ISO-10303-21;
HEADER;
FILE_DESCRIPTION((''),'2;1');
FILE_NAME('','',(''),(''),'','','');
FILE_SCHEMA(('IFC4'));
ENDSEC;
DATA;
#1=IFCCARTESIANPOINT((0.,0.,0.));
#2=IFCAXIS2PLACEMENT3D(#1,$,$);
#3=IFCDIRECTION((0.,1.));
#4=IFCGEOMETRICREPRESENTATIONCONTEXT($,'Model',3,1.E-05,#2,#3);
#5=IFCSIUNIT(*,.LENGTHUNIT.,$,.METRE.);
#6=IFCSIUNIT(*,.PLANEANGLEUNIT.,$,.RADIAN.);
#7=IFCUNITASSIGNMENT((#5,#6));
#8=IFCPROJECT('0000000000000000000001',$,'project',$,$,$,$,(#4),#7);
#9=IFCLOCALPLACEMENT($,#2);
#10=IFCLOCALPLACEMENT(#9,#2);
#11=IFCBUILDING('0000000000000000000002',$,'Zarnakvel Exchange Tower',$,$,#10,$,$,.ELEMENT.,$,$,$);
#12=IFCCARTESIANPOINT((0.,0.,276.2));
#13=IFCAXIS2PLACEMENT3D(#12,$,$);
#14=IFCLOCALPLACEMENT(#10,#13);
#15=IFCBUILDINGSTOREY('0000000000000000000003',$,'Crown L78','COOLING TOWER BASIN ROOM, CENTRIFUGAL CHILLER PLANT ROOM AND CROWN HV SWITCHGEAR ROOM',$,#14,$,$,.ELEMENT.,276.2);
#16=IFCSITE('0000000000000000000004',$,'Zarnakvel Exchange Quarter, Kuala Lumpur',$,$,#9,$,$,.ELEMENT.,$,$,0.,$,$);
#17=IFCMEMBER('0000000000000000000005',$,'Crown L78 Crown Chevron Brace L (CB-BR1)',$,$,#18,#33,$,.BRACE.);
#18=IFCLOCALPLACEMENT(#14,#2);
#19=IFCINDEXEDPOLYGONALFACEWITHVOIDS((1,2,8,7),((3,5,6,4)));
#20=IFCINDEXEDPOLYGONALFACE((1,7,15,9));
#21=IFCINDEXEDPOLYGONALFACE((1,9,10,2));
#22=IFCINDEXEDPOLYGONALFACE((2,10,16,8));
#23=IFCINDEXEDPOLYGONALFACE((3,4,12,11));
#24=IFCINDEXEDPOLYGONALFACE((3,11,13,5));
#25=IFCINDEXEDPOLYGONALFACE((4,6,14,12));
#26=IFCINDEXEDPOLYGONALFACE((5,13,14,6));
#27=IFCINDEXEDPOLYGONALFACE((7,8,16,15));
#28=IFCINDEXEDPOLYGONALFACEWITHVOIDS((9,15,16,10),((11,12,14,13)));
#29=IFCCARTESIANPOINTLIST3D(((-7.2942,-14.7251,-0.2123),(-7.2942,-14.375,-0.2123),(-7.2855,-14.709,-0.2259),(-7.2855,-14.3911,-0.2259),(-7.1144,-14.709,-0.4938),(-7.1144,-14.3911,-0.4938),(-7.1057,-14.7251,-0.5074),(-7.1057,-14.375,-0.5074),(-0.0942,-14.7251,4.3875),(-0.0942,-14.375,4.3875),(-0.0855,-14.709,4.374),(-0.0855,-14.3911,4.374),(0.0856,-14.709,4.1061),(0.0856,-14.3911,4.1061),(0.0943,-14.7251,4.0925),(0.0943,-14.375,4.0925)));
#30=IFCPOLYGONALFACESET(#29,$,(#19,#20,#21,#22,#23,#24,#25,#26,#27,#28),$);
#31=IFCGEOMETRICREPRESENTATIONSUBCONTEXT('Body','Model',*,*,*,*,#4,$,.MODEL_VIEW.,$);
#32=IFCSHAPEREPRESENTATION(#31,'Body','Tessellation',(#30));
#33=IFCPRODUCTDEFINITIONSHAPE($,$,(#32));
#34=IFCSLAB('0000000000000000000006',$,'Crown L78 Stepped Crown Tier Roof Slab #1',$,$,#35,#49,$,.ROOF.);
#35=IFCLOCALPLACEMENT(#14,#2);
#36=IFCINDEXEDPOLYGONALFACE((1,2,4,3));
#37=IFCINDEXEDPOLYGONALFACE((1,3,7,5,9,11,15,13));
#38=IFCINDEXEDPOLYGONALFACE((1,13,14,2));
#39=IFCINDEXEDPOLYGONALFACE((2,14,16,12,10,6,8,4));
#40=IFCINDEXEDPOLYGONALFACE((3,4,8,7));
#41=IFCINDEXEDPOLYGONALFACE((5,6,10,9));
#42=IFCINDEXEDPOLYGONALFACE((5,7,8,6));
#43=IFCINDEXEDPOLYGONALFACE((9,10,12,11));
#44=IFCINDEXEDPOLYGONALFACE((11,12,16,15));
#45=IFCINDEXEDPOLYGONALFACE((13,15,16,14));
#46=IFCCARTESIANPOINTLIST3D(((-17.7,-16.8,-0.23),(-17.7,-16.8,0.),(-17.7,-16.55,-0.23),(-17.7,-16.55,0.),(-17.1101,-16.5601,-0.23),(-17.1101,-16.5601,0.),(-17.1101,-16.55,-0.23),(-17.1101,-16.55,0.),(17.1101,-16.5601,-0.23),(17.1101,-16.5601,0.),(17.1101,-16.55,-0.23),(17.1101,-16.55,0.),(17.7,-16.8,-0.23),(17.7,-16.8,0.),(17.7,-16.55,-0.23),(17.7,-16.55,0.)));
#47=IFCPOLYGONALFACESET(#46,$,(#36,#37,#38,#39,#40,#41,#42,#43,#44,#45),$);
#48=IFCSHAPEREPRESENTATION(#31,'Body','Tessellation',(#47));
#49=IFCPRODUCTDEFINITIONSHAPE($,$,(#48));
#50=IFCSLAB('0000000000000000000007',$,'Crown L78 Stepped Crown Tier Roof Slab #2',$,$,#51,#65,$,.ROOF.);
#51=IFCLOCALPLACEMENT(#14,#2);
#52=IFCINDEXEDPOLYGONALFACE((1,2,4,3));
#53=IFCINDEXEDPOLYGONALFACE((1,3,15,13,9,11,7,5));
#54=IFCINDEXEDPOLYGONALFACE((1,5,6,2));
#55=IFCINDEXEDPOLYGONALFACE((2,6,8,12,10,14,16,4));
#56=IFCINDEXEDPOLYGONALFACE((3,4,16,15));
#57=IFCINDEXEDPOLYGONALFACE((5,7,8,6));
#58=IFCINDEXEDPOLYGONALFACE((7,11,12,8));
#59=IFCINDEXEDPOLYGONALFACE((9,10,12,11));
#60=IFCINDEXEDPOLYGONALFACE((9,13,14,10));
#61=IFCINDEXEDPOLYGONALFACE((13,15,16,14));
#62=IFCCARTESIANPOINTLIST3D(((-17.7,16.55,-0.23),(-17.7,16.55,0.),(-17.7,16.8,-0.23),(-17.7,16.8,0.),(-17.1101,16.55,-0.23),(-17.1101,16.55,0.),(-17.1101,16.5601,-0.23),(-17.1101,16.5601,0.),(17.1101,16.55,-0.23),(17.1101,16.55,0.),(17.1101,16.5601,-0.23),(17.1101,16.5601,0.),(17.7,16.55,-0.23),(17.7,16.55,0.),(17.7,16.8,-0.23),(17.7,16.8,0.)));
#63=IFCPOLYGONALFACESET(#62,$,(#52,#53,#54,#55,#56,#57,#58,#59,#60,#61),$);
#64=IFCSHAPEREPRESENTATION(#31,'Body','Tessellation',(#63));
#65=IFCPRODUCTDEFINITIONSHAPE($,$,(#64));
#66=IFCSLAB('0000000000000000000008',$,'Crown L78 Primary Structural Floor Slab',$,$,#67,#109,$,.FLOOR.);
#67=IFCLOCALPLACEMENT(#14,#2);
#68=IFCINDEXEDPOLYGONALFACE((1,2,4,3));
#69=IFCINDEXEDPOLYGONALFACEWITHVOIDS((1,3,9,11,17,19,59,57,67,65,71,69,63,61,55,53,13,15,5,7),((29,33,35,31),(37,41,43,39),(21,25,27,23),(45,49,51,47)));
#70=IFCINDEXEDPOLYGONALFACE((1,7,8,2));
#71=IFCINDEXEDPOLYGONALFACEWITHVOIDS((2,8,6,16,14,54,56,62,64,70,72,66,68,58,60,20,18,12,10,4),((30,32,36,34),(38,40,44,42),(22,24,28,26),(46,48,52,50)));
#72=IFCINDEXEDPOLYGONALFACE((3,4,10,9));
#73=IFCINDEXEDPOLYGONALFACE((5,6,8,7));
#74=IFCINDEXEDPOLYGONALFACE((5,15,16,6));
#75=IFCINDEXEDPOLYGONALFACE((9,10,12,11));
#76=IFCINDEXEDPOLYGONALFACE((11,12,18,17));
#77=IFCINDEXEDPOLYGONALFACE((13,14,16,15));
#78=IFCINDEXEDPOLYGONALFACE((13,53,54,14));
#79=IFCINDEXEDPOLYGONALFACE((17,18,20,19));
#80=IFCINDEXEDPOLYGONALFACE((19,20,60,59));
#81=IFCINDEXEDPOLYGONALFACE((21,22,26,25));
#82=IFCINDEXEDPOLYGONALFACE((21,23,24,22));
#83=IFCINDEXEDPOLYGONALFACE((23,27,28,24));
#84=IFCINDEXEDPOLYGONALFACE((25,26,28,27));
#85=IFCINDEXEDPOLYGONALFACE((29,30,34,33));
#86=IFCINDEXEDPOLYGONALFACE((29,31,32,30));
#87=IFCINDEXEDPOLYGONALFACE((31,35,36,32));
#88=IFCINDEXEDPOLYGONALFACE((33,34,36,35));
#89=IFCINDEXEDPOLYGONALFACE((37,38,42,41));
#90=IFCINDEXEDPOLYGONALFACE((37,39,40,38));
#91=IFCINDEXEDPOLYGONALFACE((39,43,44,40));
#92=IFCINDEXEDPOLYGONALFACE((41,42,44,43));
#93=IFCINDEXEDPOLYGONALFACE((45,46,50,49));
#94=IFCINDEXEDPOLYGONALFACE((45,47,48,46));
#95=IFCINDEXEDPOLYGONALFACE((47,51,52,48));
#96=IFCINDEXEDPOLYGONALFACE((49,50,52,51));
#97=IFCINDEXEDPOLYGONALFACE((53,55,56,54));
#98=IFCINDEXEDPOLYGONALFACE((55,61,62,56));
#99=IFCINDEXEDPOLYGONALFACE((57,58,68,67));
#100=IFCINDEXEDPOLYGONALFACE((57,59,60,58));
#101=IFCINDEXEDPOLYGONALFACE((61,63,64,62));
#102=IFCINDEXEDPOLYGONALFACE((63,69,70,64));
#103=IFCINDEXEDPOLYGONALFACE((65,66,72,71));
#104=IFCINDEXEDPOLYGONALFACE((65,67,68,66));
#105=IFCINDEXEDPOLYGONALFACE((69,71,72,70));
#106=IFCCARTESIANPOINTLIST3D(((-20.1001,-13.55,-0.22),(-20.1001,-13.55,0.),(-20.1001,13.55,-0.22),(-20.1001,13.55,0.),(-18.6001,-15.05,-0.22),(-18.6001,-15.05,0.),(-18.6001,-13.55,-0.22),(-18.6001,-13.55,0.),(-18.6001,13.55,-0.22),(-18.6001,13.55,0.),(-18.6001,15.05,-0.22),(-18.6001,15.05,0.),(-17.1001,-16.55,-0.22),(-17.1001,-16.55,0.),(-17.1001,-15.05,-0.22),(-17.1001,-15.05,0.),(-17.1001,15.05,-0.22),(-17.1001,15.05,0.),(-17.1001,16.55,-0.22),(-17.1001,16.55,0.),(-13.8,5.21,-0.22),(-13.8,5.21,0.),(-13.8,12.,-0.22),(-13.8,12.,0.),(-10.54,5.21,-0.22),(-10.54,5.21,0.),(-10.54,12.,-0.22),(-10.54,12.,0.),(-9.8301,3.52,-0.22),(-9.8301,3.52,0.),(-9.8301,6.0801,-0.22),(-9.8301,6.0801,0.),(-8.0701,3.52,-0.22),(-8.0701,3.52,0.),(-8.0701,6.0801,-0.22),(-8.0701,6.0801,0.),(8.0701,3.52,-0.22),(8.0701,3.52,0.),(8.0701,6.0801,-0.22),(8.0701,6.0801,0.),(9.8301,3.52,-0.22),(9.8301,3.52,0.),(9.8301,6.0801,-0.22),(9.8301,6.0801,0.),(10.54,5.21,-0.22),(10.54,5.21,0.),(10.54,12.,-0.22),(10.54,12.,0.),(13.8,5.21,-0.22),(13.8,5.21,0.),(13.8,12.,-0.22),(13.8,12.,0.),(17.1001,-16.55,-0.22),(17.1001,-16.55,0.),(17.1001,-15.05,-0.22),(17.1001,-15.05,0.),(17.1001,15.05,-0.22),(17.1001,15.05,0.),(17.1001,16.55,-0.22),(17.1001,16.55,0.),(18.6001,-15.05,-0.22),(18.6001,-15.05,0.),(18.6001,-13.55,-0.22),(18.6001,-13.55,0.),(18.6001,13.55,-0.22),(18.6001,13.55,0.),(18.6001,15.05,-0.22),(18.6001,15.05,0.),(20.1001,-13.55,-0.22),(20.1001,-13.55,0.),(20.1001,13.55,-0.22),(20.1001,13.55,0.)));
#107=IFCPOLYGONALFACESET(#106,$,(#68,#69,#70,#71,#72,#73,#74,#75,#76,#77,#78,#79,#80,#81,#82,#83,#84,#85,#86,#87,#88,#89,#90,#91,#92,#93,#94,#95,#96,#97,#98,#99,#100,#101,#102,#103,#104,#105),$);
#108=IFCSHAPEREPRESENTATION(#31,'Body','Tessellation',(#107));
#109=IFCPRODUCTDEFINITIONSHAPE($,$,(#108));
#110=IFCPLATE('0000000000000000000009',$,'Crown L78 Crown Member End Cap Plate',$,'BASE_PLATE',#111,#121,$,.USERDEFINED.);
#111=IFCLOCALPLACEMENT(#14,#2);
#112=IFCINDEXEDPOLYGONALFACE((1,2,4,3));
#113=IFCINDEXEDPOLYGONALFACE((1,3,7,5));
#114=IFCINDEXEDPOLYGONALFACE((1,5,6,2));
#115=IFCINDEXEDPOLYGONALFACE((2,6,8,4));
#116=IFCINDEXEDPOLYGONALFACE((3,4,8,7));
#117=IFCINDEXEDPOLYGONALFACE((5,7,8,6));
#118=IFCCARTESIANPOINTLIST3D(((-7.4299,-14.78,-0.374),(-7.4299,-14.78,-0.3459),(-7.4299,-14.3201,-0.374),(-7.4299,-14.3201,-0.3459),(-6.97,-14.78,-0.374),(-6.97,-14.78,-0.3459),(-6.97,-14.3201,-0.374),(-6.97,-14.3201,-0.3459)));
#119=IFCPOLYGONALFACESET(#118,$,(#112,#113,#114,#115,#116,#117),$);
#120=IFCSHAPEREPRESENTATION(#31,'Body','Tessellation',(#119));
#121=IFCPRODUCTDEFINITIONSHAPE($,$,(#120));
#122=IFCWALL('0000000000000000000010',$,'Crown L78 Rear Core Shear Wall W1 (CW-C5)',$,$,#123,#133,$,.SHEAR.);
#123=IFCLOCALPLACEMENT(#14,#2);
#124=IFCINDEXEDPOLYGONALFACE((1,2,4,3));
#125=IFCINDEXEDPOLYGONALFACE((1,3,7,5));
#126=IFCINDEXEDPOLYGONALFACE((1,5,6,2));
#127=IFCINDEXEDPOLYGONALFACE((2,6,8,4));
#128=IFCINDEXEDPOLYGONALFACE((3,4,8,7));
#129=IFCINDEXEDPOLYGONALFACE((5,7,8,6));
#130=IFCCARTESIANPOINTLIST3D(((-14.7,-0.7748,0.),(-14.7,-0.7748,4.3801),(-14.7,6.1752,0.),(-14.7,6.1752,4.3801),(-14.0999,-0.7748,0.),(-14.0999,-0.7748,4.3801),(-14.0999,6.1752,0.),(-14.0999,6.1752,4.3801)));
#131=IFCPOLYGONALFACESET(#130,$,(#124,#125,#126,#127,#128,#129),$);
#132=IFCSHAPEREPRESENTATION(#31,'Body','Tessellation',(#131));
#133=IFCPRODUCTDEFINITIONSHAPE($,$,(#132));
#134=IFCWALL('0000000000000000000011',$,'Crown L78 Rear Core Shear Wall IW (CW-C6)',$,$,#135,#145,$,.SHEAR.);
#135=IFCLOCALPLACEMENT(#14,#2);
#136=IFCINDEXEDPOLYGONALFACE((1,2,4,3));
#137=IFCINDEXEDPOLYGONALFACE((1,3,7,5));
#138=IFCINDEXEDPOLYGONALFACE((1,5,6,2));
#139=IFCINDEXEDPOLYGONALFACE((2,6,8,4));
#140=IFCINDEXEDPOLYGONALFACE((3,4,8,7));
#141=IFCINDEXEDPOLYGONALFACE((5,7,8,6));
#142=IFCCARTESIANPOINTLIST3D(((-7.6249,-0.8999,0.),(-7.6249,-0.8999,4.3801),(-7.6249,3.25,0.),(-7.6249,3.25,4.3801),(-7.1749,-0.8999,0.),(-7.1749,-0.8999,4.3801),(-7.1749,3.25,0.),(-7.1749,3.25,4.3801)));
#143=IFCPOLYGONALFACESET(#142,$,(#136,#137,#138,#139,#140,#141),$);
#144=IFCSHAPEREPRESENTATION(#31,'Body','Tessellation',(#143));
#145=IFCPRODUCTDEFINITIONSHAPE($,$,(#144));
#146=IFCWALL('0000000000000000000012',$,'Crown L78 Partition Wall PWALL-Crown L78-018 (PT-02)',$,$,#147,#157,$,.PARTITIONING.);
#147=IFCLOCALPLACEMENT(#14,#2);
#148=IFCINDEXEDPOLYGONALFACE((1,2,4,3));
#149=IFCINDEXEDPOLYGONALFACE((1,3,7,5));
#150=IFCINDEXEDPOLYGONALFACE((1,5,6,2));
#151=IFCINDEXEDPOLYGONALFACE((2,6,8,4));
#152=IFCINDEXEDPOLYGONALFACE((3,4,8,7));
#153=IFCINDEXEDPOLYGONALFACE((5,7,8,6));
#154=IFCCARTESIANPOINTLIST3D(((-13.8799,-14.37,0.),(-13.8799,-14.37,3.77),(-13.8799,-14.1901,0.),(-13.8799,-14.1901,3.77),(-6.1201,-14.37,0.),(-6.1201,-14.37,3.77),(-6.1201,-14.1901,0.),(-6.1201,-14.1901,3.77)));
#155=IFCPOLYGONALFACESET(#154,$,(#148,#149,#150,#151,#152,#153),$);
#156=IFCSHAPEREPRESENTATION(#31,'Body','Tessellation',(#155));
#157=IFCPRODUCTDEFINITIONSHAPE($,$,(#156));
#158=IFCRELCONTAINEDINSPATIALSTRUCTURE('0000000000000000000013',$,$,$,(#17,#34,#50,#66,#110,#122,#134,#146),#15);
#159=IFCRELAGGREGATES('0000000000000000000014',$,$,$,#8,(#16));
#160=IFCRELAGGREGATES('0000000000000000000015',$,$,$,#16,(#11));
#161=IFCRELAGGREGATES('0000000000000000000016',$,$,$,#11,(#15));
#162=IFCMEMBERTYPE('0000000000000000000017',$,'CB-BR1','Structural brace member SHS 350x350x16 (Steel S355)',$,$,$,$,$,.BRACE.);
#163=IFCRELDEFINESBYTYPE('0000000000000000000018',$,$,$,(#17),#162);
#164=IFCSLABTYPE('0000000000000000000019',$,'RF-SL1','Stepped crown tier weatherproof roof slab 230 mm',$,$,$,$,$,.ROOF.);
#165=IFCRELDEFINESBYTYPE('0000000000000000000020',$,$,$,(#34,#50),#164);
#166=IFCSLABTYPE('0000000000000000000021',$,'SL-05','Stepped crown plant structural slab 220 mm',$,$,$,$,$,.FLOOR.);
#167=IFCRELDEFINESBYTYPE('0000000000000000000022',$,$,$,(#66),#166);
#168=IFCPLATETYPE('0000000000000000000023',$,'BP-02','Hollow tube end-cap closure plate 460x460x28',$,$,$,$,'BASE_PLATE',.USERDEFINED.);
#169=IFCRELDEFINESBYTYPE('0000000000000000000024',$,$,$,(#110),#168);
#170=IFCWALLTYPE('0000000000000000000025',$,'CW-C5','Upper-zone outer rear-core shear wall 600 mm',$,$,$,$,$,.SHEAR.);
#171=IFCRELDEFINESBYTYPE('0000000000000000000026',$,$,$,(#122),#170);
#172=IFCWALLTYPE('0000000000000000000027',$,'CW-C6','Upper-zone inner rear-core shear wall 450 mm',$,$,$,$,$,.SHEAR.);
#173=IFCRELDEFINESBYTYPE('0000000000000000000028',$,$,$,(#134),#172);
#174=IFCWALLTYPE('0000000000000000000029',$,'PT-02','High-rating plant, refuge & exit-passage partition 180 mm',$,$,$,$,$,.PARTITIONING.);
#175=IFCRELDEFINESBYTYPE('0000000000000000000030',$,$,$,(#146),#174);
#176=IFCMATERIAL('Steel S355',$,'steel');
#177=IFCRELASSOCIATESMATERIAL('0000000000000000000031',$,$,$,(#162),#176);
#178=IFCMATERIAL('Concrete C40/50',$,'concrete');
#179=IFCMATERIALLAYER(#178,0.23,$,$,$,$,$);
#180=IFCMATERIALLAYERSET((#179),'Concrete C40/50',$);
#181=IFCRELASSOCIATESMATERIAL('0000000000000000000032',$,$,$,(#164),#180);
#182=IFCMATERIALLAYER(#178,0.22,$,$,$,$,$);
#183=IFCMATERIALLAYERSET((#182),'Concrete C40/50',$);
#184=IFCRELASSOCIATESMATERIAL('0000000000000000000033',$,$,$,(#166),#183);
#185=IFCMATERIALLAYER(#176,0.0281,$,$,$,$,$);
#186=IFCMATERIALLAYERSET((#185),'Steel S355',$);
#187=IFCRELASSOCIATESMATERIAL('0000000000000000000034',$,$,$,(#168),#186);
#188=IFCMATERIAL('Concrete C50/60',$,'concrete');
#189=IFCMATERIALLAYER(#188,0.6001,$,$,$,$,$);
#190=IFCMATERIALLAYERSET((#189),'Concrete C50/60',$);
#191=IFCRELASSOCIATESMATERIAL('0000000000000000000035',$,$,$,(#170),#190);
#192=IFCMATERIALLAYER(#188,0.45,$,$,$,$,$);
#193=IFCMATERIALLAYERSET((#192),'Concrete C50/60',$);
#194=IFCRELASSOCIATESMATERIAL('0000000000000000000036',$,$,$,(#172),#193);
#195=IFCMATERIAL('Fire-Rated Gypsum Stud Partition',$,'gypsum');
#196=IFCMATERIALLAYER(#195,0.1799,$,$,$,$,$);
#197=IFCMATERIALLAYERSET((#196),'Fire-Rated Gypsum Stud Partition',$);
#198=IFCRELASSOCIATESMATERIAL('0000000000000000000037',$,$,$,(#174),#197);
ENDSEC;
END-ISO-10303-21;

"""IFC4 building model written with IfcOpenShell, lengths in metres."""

from ifc_helpers import new_model, si_unit, direction, frame, frame_2d, origin, origin_2d, place, context, subcontext, project, spatial, polyline, rectangle, hollow_rectangle, outline, extrude, source, transform, mapped, material, layer, layer_set, material_profile, profile_set, type_object, element, save


model = new_model("IFC4")

# Units and contexts
model_context = context("Model", 3, precision=1e-05, world=origin(), true_north=direction((0.0, 1.0)))
body_context = subcontext(model_context, "Body", "Model", "MODEL_VIEW")
ifc_project = project(units=[si_unit("LENGTHUNIT", "METRE"), si_unit("PLANEANGLEUNIT", "RADIAN")], contexts=[model_context])

# Site, building, storey
site_placement = place(None, origin())
site = spatial("IfcSite", under=ifc_project, at=site_placement, Name="Zarnakvel Exchange Quarter, Kuala Lumpur", CompositionType="ELEMENT", RefElevation=0.0)
building_placement = place(site_placement, origin())
building = spatial("IfcBuilding", under=site, at=building_placement, Name="Zarnakvel Exchange Tower", CompositionType="ELEMENT")
storey_placement = place(building_placement, frame((0.0, 0.0, 276.2)))
storey = spatial("IfcBuildingStorey", under=building, at=storey_placement, Name="Crown L78", Description="COOLING TOWER BASIN ROOM, CENTRIFUGAL CHILLER PLANT ROOM AND CROWN HV SWITCHGEAR ROOM", CompositionType="ELEMENT", Elevation=276.2)

# Shared definitions
ifc_material_1 = material(Name="Concrete C50/60", Category="concrete")

# Shared definitions
ifc_material_2 = material(Name="Steel S355", Category="steel")

# Member
ifc_material_profile_1 = material_profile(ifc_material_2, hollow_rectangle(XDim=0.3501, YDim=0.3501, WallThickness=0.0161, at=origin_2d()))
ifc_profile_set_1 = profile_set([ifc_material_profile_1], Name="Steel S355")
member_type = type_object("IfcMemberType", Name="CB-BR1", Description="Structural brace member SHS 350x350x16 (Steel S355)", PredefinedType="BRACE", material=ifc_profile_set_1)
shared_shape_1 = source(origin(), body_context, "Body", "SweptSolid", [
    extrude(hollow_rectangle(XDim=0.3501, YDim=0.3501, WallThickness=0.0161, at=origin_2d()), origin(), (0.0, 0.0, 1.0), 8.5439),
])
member_placement = place(storey_placement, frame((-7.2, -14.55, -0.3599), z_axis=(0.842702, 0.0, 0.53838), x_axis=(0.0, 1.0, 0.0)))
element("IfcMember", 1, at=member_placement, inside=storey, type_object=member_type, Name="Crown L78 Crown Chevron Brace L (CB-BR1)", PredefinedType="BRACE", context=body_context, shape_type="MappedRepresentation", body=[
    mapped(shared_shape_1, transform((0.0, 0.0, 0.0), x_axis=(1.0, 0.0, 0.0), y_axis=(0.0, 1.0, 0.0), z_axis=(0.0, 0.0, 1.0), scale=1.0)),
])

# Slabs
ifc_material_3 = material(Name="Concrete C40/50", Category="concrete")
ifc_layer_1 = layer(ifc_material_3, 0.23)
ifc_layer_set_1 = layer_set([ifc_layer_1], Name="Concrete C40/50")
slab_type_1 = type_object("IfcSlabType", Name="RF-SL1", Description="Stepped crown tier weatherproof roof slab 230 mm", PredefinedType="ROOF", material=ifc_layer_set_1)
slab_1_placement = place(storey_placement, frame((0.0, 0.0, -0.23)))
element("IfcSlab", 2, at=slab_1_placement, inside=storey, type_object=slab_type_1, Name="Crown L78 Stepped Crown Tier Roof Slab #1", PredefinedType="ROOF", context=body_context, shape_type="SweptSolid", body=[
    extrude(outline(polyline([(17.7, -16.8), (-17.7, -16.8), (-17.7, -16.55), (-17.1101, -16.55), (-17.1101, -16.5601), (17.1101, -16.5601), (17.1101, -16.55), (17.7, -16.55), (17.7, -16.8)])), origin(), (0.0, 0.0, 1.0), 0.23),
])
slab_2_placement = place(storey_placement, frame((0.0, 0.0, -0.23)))
element("IfcSlab", 3, at=slab_2_placement, inside=storey, type_object=slab_type_1, Name="Crown L78 Stepped Crown Tier Roof Slab #2", PredefinedType="ROOF", context=body_context, shape_type="SweptSolid", body=[
    extrude(outline(polyline([(-17.7, 16.8), (17.7, 16.8), (17.7, 16.55), (17.1101, 16.55), (17.1101, 16.5601), (-17.1101, 16.5601), (-17.1101, 16.55), (-17.7, 16.55), (-17.7, 16.8)])), origin(), (0.0, 0.0, 1.0), 0.23),
])
ifc_layer_2 = layer(ifc_material_3, 0.22)
ifc_layer_set_2 = layer_set([ifc_layer_2], Name="Concrete C40/50")
slab_type_2 = type_object("IfcSlabType", Name="SL-05", Description="Stepped crown plant structural slab 220 mm", PredefinedType="FLOOR", material=ifc_layer_set_2)
slab_3_placement = place(storey_placement, frame((0.0, 0.0, -0.22)))
element("IfcSlab", 4, at=slab_3_placement, inside=storey, type_object=slab_type_2, Name="Crown L78 Primary Structural Floor Slab", PredefinedType="FLOOR", context=body_context, shape_type="SweptSolid", body=[
    extrude(outline(polyline([(-20.1001, -13.55), (-18.6001, -13.55), (-18.6001, -15.05), (-17.1001, -15.05), (-17.1001, -16.55), (17.1001, -16.55), (17.1001, -15.05), (18.6001, -15.05), (18.6001, -13.55), (20.1001, -13.55), (20.1001, 13.55), (18.6001, 13.55), (18.6001, 15.05), (17.1001, 15.05), (17.1001, 16.55), (-17.1001, 16.55), (-17.1001, 15.05), (-18.6001, 15.05), (-18.6001, 13.55), (-20.1001, 13.55), (-20.1001, -13.55)]), holes=[polyline([(-13.8, 5.21), (-10.54, 5.21), (-10.54, 12.0), (-13.8, 12.0), (-13.8, 5.21)]), polyline([(10.54, 5.21), (13.8, 5.21), (13.8, 12.0), (10.54, 12.0), (10.54, 5.21)]), polyline([(-9.8301, 3.52), (-8.0701, 3.52), (-8.0701, 6.0801), (-9.8301, 6.0801), (-9.8301, 3.52)]), polyline([(8.0701, 3.52), (9.8301, 3.52), (9.8301, 6.0801), (8.0701, 6.0801), (8.0701, 3.52)])]), origin(), (0.0, 0.0, 1.0), 0.22),
])

# Plate
ifc_layer_3 = layer(ifc_material_2, 0.0281)
ifc_layer_set_3 = layer_set([ifc_layer_3], Name="Steel S355")
plate_type = type_object("IfcPlateType", Name="BP-02", Description="Hollow tube end-cap closure plate 460x460x28", ElementType="BASE_PLATE", PredefinedType="USERDEFINED", material=ifc_layer_set_3)
shared_shape_2 = source(origin(), body_context, "Body", "SweptSolid", [
    extrude(rectangle(XDim=0.46, YDim=0.46, at=origin_2d()), origin(), (0.0, 0.0, 1.0), 0.0281),
])
plate_placement = place(storey_placement, frame((-7.2, -14.55, -0.374), z_axis=(0.0, 0.0, 1.0), x_axis=(1.0, 0.0, 0.0)))
element("IfcPlate", 5, at=plate_placement, inside=storey, type_object=plate_type, Name="Crown L78 Crown Member End Cap Plate", ObjectType="BASE_PLATE", PredefinedType="USERDEFINED", context=body_context, shape_type="MappedRepresentation", body=[
    mapped(shared_shape_2, transform((0.0, 0.0, 0.0), x_axis=(1.0, 0.0, 0.0), y_axis=(0.0, 1.0, 0.0), z_axis=(0.0, 0.0, 1.0), scale=1.0)),
])

# Wall
ifc_layer_4 = layer(ifc_material_1, 0.6001)
ifc_layer_set_4 = layer_set([ifc_layer_4], Name="Concrete C50/60")
wall_type_1 = type_object("IfcWallType", Name="CW-C5", Description="Upper-zone outer rear-core shear wall 600 mm", PredefinedType="SHEAR", material=ifc_layer_set_4)
wall_1_placement = place(storey_placement, frame((-14.3999, -0.7749, 0.0), z_axis=(0.0, 0.0, 1.0), x_axis=(0.0, 1.0, 0.0)))
element("IfcWall", 6, at=wall_1_placement, inside=storey, type_object=wall_type_1, Name="Crown L78 Rear Core Shear Wall W1 (CW-C5)", PredefinedType="SHEAR", context=body_context, shape_type="SweptSolid", body=[
    extrude(rectangle(XDim=6.95, YDim=0.6001, at=frame_2d((3.4751, 0.0))), origin(), (0.0, 0.0, 1.0), 4.3801),
])

# Walls
ifc_layer_5 = layer(ifc_material_1, 0.45)
ifc_layer_set_5 = layer_set([ifc_layer_5], Name="Concrete C50/60")
wall_type_2 = type_object("IfcWallType", Name="CW-C6", Description="Upper-zone inner rear-core shear wall 450 mm", PredefinedType="SHEAR", material=ifc_layer_set_5)
wall_2_placement = place(storey_placement, frame((-7.3999, -0.8999, 0.0), z_axis=(0.0, 0.0, 1.0), x_axis=(0.0, 1.0, 0.0)))
element("IfcWall", 7, at=wall_2_placement, inside=storey, type_object=wall_type_2, Name="Crown L78 Rear Core Shear Wall IW (CW-C6)", PredefinedType="SHEAR", context=body_context, shape_type="SweptSolid", body=[
    extrude(rectangle(XDim=4.1499, YDim=0.45, at=frame_2d((2.075, 0.0))), origin(), (0.0, 0.0, 1.0), 4.3801),
])
ifc_material_4 = material(Name="Fire-Rated Gypsum Stud Partition", Category="gypsum")
ifc_layer_6 = layer(ifc_material_4, 0.1799)
ifc_layer_set_6 = layer_set([ifc_layer_6], Name="Fire-Rated Gypsum Stud Partition")
wall_type_3 = type_object("IfcWallType", Name="PT-02", Description="High-rating plant, refuge & exit-passage partition 180 mm", PredefinedType="PARTITIONING", material=ifc_layer_set_6)
wall_3_placement = place(storey_placement, frame((-6.1201, -14.28, 0.0), z_axis=(0.0, 0.0, 1.0), x_axis=(-1.0, 0.0, 0.0)))
element("IfcWall", 8, at=wall_3_placement, inside=storey, type_object=wall_type_3, Name="Crown L78 Partition Wall PWALL-Crown L78-018 (PT-02)", PredefinedType="PARTITIONING", context=body_context, shape_type="SweptSolid", body=[
    extrude(rectangle(XDim=7.7598, YDim=0.1799, at=frame_2d((3.8799, 0.0))), origin(), (0.0, 0.0, 1.0), 3.77),
])

save(model, "model.ifc")
